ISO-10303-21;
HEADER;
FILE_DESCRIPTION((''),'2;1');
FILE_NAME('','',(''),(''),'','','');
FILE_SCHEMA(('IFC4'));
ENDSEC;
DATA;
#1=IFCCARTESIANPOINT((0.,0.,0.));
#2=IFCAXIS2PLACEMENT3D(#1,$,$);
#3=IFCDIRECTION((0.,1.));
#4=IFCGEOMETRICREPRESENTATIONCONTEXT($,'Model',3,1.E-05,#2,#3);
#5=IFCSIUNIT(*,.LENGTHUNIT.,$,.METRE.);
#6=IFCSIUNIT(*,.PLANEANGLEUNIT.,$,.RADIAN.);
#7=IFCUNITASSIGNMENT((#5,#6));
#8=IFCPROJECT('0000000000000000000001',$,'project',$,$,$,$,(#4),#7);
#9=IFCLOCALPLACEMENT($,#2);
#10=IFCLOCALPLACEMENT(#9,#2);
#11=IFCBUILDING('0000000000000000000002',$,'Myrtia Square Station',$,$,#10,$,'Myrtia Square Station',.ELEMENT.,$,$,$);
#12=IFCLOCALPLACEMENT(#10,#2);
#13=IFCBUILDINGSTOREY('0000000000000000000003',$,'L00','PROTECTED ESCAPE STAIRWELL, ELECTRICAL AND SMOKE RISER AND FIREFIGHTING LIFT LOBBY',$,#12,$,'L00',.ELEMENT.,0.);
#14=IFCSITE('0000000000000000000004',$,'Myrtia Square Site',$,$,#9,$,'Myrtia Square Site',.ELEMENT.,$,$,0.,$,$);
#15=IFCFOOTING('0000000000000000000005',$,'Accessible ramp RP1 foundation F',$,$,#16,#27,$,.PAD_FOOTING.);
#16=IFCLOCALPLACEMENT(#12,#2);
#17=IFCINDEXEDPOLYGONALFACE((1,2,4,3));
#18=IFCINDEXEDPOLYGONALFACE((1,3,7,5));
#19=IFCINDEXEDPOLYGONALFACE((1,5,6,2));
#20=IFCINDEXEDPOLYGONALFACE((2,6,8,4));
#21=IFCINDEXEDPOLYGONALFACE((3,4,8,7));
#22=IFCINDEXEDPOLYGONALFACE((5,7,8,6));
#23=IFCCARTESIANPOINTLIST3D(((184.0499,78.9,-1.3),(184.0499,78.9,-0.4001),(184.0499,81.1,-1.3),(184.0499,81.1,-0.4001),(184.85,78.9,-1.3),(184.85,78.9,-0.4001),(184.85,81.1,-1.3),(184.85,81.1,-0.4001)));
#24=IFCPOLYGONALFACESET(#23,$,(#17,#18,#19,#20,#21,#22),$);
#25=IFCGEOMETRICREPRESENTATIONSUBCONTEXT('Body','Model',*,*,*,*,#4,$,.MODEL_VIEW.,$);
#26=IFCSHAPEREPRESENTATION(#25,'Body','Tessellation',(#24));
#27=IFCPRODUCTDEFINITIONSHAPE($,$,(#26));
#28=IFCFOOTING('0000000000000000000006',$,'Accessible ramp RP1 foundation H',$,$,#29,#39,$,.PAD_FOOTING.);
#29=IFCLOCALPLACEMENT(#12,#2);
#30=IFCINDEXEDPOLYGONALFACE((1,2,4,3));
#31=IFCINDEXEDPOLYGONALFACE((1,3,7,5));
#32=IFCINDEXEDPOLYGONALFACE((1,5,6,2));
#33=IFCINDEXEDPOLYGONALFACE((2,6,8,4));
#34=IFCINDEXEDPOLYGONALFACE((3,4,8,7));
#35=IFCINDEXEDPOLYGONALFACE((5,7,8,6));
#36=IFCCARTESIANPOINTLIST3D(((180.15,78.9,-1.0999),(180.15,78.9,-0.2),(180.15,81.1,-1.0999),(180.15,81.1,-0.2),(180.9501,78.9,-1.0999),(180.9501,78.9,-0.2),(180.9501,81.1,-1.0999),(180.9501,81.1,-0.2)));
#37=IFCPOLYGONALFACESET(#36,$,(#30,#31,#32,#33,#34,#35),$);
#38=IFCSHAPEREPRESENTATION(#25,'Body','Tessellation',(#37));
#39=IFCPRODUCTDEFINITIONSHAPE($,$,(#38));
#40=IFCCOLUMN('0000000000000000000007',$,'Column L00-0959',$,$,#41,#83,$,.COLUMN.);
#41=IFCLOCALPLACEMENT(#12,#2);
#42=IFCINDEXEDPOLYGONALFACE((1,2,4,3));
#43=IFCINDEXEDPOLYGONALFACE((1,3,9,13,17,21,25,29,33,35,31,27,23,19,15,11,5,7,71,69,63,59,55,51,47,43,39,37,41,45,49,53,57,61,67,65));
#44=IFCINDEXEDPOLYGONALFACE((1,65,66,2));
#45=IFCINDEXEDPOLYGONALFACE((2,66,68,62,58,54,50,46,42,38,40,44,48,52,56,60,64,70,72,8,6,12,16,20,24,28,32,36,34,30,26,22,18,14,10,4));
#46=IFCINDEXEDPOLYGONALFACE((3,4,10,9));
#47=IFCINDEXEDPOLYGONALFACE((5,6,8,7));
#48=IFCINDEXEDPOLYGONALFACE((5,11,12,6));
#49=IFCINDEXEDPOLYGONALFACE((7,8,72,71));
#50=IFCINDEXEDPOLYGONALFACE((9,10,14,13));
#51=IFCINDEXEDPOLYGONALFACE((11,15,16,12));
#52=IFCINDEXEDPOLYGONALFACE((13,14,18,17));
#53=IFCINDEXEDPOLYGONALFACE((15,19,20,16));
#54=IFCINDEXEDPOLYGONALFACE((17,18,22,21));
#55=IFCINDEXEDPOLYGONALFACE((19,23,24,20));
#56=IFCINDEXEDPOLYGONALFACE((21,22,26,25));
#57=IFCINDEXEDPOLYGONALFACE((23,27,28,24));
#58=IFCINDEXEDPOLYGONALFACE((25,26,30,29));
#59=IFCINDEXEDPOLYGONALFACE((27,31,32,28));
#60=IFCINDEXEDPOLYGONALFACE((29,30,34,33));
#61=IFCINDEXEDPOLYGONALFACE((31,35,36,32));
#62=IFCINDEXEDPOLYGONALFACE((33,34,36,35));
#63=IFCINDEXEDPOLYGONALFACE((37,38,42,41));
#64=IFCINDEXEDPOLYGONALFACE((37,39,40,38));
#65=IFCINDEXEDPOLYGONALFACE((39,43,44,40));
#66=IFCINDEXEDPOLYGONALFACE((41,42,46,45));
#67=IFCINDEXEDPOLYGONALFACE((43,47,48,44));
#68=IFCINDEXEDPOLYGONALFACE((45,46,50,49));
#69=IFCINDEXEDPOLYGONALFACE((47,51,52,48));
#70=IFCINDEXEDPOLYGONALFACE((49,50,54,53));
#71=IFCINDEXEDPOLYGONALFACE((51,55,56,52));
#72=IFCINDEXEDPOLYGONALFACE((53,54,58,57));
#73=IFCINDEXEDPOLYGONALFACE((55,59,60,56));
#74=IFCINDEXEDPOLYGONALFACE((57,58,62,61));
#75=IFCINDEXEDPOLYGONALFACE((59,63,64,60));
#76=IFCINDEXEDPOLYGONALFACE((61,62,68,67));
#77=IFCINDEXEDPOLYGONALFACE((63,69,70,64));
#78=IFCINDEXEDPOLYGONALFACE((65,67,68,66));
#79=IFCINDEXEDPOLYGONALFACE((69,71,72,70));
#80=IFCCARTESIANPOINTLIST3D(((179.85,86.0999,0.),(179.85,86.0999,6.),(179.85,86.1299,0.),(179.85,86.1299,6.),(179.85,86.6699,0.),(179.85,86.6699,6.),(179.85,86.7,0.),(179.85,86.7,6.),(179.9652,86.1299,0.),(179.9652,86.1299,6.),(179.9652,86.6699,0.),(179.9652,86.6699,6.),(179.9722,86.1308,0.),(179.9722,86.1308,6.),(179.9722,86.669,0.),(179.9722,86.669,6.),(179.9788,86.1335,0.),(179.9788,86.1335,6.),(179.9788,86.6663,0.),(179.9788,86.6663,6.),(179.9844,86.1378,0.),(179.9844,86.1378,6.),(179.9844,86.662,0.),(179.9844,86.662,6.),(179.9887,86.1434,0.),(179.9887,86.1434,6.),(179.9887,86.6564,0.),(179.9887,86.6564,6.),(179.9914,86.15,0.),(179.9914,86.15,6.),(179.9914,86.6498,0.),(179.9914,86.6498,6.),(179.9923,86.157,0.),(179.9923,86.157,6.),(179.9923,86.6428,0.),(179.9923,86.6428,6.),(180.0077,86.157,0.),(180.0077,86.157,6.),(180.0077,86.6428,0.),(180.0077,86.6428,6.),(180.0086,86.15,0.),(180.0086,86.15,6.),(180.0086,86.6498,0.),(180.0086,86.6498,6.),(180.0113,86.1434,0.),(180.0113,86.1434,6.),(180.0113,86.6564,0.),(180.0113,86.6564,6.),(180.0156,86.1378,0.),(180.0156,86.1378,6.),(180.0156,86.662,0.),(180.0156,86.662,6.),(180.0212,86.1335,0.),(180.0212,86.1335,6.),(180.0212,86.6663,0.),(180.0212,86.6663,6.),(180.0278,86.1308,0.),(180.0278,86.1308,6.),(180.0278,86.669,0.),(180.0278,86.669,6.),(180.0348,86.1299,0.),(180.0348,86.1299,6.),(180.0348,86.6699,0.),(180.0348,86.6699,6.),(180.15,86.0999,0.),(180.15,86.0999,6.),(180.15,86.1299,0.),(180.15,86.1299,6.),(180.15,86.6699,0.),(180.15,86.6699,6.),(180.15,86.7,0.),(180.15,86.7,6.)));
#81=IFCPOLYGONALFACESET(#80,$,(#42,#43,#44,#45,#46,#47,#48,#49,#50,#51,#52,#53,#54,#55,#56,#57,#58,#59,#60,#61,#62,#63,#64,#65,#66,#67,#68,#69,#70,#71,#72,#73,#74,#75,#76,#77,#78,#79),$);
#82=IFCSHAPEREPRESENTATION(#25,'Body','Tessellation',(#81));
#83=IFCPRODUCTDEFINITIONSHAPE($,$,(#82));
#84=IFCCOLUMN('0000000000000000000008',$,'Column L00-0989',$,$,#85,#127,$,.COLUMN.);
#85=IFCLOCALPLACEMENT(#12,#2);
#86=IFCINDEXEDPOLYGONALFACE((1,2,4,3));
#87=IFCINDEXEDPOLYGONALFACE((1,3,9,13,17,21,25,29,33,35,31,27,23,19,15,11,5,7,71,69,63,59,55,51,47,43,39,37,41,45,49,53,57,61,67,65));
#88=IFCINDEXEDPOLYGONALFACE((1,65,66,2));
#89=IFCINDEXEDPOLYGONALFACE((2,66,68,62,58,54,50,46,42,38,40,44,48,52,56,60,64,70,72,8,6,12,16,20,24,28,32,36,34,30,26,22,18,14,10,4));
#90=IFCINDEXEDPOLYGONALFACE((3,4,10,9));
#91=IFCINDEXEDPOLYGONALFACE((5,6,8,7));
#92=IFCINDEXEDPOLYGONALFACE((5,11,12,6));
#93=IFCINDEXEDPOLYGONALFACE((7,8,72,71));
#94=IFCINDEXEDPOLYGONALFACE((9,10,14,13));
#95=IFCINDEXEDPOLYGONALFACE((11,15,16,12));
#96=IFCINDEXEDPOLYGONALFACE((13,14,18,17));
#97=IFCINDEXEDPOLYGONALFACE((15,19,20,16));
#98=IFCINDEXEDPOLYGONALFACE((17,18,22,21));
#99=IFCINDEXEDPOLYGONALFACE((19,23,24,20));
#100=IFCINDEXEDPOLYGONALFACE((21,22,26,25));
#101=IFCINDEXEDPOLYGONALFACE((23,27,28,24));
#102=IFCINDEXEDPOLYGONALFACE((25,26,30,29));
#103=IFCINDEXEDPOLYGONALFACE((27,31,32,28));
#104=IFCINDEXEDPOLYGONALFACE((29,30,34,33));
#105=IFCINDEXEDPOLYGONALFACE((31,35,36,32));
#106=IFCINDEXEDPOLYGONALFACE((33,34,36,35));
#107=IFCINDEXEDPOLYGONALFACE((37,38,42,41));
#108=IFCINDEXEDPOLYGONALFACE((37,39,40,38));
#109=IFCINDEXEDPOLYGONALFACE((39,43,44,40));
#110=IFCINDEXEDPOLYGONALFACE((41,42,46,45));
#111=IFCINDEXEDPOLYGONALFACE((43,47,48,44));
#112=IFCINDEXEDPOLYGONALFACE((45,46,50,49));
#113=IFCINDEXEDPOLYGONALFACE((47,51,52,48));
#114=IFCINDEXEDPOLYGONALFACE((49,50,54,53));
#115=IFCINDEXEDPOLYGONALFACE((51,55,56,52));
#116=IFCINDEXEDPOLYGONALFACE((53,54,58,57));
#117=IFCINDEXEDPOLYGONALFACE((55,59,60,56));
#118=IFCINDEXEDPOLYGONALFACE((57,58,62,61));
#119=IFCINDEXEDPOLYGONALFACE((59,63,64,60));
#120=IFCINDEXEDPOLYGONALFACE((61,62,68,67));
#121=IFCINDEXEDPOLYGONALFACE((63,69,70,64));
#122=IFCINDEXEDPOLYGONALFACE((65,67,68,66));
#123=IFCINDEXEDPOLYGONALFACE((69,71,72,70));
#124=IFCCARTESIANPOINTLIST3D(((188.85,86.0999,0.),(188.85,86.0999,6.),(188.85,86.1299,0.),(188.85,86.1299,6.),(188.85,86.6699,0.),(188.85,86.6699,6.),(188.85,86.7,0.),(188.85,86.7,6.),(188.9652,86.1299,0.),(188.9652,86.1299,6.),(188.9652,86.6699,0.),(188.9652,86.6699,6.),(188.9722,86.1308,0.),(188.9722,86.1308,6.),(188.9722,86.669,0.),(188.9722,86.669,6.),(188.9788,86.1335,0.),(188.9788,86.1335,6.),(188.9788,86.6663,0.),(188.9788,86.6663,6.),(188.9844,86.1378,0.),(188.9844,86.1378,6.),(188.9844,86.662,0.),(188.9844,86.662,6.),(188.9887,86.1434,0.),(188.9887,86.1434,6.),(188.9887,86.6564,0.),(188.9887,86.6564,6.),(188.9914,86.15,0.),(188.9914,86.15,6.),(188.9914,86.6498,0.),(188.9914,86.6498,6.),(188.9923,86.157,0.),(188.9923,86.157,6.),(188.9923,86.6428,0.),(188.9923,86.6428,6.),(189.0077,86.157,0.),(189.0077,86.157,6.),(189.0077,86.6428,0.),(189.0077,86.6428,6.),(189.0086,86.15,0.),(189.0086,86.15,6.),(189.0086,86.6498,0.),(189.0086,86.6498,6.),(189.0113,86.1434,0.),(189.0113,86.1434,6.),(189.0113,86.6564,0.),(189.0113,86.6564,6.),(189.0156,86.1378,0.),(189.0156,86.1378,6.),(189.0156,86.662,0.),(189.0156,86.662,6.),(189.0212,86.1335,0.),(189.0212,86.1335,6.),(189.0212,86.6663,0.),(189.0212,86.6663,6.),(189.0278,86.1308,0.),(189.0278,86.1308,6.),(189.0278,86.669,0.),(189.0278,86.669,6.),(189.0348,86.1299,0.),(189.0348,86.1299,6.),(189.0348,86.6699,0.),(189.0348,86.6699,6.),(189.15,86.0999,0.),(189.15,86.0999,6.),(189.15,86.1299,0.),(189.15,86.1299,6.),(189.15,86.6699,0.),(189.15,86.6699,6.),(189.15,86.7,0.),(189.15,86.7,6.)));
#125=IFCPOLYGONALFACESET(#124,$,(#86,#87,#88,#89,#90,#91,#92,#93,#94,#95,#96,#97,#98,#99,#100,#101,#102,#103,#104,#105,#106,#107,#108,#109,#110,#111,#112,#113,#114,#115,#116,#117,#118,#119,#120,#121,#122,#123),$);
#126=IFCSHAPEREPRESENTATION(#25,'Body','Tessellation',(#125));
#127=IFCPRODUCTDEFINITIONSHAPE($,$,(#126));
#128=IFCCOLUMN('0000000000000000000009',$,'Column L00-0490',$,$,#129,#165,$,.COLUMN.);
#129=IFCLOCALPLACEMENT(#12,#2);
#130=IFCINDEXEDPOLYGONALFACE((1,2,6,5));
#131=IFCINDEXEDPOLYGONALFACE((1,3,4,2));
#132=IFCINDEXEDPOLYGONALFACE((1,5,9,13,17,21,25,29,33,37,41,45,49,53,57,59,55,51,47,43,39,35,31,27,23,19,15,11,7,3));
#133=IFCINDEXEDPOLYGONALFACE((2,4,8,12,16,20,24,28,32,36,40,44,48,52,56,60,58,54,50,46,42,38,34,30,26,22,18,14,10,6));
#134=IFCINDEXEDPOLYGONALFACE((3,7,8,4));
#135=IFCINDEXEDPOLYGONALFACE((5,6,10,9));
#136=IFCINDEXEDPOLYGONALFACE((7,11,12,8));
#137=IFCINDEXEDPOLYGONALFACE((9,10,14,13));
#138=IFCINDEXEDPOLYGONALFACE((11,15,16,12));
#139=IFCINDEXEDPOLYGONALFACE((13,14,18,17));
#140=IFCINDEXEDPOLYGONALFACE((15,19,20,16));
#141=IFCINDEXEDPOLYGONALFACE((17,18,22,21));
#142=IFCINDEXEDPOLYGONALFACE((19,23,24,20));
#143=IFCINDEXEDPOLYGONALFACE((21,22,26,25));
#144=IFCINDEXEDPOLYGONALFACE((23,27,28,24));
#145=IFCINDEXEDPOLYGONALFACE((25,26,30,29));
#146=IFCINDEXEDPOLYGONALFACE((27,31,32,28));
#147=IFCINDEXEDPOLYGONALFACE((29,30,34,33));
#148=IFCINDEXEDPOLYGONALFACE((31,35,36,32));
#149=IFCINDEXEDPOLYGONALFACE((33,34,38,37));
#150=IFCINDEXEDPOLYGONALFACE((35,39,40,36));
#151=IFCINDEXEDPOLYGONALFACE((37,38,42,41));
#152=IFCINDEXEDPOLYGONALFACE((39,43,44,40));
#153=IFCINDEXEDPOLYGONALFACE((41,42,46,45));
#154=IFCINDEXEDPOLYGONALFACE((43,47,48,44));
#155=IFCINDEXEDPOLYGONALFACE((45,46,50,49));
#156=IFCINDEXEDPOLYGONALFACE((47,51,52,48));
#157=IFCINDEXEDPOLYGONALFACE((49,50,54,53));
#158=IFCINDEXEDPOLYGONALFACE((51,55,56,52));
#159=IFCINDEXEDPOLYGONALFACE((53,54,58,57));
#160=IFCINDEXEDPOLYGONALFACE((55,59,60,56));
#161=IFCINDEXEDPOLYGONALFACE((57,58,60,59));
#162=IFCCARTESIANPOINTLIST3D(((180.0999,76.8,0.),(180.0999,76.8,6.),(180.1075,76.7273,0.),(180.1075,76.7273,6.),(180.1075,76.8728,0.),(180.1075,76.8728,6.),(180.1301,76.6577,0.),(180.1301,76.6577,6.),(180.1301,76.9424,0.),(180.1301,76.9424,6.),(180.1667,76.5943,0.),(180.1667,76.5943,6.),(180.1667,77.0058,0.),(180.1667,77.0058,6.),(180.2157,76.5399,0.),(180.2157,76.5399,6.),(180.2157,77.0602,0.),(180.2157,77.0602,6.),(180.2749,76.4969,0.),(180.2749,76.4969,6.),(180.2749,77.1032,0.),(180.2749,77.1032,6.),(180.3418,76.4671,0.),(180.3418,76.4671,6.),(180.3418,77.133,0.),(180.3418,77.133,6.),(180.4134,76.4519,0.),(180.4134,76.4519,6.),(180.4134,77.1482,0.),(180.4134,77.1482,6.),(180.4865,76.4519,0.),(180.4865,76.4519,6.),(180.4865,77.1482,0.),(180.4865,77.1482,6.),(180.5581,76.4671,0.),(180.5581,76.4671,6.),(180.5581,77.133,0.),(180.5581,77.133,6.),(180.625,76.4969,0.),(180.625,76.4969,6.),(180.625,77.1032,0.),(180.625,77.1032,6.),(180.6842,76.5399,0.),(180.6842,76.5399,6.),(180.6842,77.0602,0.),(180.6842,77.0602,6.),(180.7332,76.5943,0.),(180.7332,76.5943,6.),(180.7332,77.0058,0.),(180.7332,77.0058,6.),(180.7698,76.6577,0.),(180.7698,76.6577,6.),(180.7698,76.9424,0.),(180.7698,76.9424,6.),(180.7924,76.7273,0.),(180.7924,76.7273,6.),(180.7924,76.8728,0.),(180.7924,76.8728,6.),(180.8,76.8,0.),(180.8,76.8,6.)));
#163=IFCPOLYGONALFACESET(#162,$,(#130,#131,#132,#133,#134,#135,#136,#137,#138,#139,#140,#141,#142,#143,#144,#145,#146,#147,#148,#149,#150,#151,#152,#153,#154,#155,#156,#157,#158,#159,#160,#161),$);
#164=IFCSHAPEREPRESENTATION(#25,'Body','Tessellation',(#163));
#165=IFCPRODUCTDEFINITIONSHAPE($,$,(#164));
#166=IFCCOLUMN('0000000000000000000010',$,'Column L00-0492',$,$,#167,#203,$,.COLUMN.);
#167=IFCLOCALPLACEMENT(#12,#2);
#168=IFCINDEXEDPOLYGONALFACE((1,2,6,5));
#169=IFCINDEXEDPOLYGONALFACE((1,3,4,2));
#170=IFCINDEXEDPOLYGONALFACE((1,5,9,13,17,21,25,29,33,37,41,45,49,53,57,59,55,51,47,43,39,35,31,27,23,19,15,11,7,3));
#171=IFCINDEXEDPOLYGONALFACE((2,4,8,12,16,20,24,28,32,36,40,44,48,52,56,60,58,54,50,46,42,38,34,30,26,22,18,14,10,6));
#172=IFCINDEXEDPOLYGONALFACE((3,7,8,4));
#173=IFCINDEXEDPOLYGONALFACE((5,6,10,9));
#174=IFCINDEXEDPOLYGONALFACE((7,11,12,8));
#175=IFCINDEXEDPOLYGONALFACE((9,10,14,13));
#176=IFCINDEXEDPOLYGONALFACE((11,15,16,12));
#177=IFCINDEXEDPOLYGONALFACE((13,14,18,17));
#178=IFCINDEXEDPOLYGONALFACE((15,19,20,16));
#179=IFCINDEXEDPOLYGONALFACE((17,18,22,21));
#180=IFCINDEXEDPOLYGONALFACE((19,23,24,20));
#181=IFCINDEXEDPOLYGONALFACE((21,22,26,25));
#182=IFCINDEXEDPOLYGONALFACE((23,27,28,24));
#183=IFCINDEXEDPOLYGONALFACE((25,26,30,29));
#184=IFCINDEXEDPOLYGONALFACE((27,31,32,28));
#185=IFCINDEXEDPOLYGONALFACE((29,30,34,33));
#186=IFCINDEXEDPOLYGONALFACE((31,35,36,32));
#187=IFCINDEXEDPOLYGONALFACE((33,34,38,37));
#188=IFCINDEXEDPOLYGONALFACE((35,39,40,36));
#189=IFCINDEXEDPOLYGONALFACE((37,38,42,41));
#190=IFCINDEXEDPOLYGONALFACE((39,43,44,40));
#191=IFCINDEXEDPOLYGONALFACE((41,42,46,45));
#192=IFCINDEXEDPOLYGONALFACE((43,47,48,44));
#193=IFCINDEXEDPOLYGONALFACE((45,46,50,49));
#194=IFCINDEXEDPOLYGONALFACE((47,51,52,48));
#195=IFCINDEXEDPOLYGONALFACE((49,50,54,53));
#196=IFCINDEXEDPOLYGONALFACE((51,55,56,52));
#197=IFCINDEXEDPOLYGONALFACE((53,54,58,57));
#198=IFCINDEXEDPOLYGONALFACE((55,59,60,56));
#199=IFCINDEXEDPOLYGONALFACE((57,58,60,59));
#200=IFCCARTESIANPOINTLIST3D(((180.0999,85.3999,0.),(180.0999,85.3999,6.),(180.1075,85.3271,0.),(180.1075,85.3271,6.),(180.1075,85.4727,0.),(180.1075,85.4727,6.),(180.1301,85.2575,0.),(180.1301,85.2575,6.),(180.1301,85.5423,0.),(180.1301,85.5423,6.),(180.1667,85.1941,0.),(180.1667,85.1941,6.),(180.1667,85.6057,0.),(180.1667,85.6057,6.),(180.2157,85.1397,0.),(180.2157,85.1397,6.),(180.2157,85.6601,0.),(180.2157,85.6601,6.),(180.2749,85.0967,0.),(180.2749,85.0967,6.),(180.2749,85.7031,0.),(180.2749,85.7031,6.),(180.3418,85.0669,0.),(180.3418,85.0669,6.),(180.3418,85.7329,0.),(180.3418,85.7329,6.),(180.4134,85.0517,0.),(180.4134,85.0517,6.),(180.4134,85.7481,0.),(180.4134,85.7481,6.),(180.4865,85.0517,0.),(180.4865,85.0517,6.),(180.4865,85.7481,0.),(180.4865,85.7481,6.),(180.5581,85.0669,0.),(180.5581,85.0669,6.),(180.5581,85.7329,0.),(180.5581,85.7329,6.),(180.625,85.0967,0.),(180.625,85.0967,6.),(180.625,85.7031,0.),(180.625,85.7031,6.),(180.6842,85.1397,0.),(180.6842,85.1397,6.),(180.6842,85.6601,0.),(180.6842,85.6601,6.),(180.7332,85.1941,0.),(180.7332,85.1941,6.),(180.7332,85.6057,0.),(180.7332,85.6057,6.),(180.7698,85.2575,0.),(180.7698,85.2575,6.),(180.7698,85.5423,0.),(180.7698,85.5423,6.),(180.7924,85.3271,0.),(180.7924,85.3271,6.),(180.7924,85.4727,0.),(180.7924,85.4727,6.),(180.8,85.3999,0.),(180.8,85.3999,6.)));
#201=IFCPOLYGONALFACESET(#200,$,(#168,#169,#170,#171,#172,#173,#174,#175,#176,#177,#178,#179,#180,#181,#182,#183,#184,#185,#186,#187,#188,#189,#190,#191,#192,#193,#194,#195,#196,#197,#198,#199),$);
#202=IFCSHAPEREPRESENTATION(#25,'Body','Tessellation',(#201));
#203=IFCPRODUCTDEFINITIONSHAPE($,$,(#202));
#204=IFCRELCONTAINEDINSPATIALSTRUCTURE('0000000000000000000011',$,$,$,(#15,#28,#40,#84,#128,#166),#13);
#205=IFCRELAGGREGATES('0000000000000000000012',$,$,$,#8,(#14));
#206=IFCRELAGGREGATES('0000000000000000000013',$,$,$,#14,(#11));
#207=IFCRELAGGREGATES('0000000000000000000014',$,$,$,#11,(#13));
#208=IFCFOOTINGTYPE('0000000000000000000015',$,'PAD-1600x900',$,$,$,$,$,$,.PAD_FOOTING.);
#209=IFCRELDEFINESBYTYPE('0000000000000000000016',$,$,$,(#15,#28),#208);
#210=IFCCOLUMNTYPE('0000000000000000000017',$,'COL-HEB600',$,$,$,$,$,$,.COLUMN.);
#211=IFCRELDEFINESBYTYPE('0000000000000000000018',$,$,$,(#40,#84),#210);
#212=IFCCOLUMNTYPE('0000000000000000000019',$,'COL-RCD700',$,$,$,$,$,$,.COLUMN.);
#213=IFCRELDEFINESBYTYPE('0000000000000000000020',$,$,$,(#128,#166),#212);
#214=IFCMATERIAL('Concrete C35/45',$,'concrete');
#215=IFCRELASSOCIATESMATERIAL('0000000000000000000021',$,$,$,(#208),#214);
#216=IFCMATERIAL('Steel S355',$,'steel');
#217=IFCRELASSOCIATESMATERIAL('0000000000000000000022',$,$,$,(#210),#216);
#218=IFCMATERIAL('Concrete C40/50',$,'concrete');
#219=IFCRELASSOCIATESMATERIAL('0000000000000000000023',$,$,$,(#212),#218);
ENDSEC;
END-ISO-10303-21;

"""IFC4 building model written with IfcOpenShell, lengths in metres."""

from ifc_helpers import new_model, si_unit, direction, frame, origin, origin_2d, place, context, subcontext, project, spatial, rectangle, circle, i_section, extrude, material, material_profile, profile_set, type_object, element, save


model = new_model("IFC4")

# Units and contexts
model_context = context("Model", 3, precision=1e-05, world=origin(), true_north=direction((0.0, 1.0)))
body_context = subcontext(model_context, "Body", "Model", "MODEL_VIEW")
ifc_project = project(units=[si_unit("LENGTHUNIT", "METRE"), si_unit("PLANEANGLEUNIT", "RADIAN")], contexts=[model_context])

# Site, building, storey
site_placement = place(None, origin())
site = spatial("IfcSite", under=ifc_project, at=site_placement, Name="Myrtia Square Site", LongName="Myrtia Square Site", CompositionType="ELEMENT", RefElevation=0.0)
building_placement = place(site_placement, origin())
building = spatial("IfcBuilding", under=site, at=building_placement, Name="Myrtia Square Station", LongName="Myrtia Square Station", CompositionType="ELEMENT")
storey_placement = place(building_placement, origin())
storey = spatial("IfcBuildingStorey", under=building, at=storey_placement, Name="L00", Description="PROTECTED ESCAPE STAIRWELL, ELECTRICAL AND SMOKE RISER AND FIREFIGHTING LIFT LOBBY", LongName="L00", CompositionType="ELEMENT", Elevation=0.0)

# Footings
ifc_material_1 = material(Name="Concrete C35/45", Category="concrete")
footing_type = type_object("IfcFootingType", Name="PAD-1600x900", PredefinedType="PAD_FOOTING", material=ifc_material_1)
for number, where, z_axis, x_axis, name in (
    (1, (184.45, 80.0, -1.3), (0.0, 0.0, 1.0), (-1.0, 0.0, 0.0), "Accessible ramp RP1 foundation F"),
    (2, (180.55, 80.0, -1.0999), (0.0, 0.0, 1.0), (-1.0, 0.0, 0.0), "Accessible ramp RP1 foundation H"),
):
    element("IfcFooting", number, at=place(storey_placement, frame(where, z_axis=z_axis, x_axis=x_axis)), inside=storey, type_object=footing_type, Name=name, PredefinedType="PAD_FOOTING", context=body_context, shape_type="SweptSolid", body=[
        extrude(rectangle(XDim=0.8, YDim=2.2, at=origin_2d()), origin(), (0.0, 0.0, 1.0), 0.8999),
    ])

# Columns
ifc_material_2 = material(Name="Steel S355", Category="steel")
ifc_material_profile_1 = material_profile(ifc_material_2, i_section(OverallWidth=0.3, OverallDepth=0.6001, WebThickness=0.0154, FlangeThickness=0.03, FilletRadius=0.0271, at=origin_2d()), Name="HEB 600")
ifc_profile_set_1 = profile_set([ifc_material_profile_1], Name="Steel S355")
column_type_1 = type_object("IfcColumnType", Name="COL-HEB600", PredefinedType="COLUMN", material=ifc_profile_set_1)
for number, where, z_axis, x_axis, name in (
    (3, (180.0, 86.3999, 0.0), (0.0, 0.0, 1.0), (1.0, 0.0, 0.0), "Column L00-0959"),
    (4, (189.0, 86.3999, 0.0), (0.0, 0.0, 1.0), (1.0, 0.0, 0.0), "Column L00-0989"),
):
    element("IfcColumn", number, at=place(storey_placement, frame(where, z_axis=z_axis, x_axis=x_axis)), inside=storey, type_object=column_type_1, Name=name, PredefinedType="COLUMN", context=body_context, shape_type="SweptSolid", body=[
        extrude(i_section(OverallWidth=0.3, OverallDepth=0.6001, WebThickness=0.0154, FlangeThickness=0.03, FilletRadius=0.0271, at=origin_2d()), origin(), (0.0, 0.0, 1.0), 6.0),
    ])
ifc_material_3 = material(Name="Concrete C40/50", Category="concrete")
ifc_material_profile_2 = material_profile(ifc_material_3, circle(Radius=0.3501, at=origin_2d()), Name="RC D700")
ifc_profile_set_2 = profile_set([ifc_material_profile_2], Name="Concrete C40/50")
column_type_2 = type_object("IfcColumnType", Name="COL-RCD700", PredefinedType="COLUMN", material=ifc_profile_set_2)
for number, where, z_axis, x_axis, name in (
    (5, (180.45, 76.8, 0.0), (0.0, 0.0, 1.0), (1.0, 0.0, 0.0), "Column L00-0490"),
    (6, (180.45, 85.3999, 0.0), (0.0, 0.0, 1.0), (1.0, 0.0, 0.0), "Column L00-0492"),
):
    element("IfcColumn", number, at=place(storey_placement, frame(where, z_axis=z_axis, x_axis=x_axis)), inside=storey, type_object=column_type_2, Name=name, PredefinedType="COLUMN", context=body_context, shape_type="SweptSolid", body=[
        extrude(circle(Radius=0.3501, at=origin_2d()), origin(), (0.0, 0.0, 1.0), 6.0),
    ])

save(model, "model.ifc")
